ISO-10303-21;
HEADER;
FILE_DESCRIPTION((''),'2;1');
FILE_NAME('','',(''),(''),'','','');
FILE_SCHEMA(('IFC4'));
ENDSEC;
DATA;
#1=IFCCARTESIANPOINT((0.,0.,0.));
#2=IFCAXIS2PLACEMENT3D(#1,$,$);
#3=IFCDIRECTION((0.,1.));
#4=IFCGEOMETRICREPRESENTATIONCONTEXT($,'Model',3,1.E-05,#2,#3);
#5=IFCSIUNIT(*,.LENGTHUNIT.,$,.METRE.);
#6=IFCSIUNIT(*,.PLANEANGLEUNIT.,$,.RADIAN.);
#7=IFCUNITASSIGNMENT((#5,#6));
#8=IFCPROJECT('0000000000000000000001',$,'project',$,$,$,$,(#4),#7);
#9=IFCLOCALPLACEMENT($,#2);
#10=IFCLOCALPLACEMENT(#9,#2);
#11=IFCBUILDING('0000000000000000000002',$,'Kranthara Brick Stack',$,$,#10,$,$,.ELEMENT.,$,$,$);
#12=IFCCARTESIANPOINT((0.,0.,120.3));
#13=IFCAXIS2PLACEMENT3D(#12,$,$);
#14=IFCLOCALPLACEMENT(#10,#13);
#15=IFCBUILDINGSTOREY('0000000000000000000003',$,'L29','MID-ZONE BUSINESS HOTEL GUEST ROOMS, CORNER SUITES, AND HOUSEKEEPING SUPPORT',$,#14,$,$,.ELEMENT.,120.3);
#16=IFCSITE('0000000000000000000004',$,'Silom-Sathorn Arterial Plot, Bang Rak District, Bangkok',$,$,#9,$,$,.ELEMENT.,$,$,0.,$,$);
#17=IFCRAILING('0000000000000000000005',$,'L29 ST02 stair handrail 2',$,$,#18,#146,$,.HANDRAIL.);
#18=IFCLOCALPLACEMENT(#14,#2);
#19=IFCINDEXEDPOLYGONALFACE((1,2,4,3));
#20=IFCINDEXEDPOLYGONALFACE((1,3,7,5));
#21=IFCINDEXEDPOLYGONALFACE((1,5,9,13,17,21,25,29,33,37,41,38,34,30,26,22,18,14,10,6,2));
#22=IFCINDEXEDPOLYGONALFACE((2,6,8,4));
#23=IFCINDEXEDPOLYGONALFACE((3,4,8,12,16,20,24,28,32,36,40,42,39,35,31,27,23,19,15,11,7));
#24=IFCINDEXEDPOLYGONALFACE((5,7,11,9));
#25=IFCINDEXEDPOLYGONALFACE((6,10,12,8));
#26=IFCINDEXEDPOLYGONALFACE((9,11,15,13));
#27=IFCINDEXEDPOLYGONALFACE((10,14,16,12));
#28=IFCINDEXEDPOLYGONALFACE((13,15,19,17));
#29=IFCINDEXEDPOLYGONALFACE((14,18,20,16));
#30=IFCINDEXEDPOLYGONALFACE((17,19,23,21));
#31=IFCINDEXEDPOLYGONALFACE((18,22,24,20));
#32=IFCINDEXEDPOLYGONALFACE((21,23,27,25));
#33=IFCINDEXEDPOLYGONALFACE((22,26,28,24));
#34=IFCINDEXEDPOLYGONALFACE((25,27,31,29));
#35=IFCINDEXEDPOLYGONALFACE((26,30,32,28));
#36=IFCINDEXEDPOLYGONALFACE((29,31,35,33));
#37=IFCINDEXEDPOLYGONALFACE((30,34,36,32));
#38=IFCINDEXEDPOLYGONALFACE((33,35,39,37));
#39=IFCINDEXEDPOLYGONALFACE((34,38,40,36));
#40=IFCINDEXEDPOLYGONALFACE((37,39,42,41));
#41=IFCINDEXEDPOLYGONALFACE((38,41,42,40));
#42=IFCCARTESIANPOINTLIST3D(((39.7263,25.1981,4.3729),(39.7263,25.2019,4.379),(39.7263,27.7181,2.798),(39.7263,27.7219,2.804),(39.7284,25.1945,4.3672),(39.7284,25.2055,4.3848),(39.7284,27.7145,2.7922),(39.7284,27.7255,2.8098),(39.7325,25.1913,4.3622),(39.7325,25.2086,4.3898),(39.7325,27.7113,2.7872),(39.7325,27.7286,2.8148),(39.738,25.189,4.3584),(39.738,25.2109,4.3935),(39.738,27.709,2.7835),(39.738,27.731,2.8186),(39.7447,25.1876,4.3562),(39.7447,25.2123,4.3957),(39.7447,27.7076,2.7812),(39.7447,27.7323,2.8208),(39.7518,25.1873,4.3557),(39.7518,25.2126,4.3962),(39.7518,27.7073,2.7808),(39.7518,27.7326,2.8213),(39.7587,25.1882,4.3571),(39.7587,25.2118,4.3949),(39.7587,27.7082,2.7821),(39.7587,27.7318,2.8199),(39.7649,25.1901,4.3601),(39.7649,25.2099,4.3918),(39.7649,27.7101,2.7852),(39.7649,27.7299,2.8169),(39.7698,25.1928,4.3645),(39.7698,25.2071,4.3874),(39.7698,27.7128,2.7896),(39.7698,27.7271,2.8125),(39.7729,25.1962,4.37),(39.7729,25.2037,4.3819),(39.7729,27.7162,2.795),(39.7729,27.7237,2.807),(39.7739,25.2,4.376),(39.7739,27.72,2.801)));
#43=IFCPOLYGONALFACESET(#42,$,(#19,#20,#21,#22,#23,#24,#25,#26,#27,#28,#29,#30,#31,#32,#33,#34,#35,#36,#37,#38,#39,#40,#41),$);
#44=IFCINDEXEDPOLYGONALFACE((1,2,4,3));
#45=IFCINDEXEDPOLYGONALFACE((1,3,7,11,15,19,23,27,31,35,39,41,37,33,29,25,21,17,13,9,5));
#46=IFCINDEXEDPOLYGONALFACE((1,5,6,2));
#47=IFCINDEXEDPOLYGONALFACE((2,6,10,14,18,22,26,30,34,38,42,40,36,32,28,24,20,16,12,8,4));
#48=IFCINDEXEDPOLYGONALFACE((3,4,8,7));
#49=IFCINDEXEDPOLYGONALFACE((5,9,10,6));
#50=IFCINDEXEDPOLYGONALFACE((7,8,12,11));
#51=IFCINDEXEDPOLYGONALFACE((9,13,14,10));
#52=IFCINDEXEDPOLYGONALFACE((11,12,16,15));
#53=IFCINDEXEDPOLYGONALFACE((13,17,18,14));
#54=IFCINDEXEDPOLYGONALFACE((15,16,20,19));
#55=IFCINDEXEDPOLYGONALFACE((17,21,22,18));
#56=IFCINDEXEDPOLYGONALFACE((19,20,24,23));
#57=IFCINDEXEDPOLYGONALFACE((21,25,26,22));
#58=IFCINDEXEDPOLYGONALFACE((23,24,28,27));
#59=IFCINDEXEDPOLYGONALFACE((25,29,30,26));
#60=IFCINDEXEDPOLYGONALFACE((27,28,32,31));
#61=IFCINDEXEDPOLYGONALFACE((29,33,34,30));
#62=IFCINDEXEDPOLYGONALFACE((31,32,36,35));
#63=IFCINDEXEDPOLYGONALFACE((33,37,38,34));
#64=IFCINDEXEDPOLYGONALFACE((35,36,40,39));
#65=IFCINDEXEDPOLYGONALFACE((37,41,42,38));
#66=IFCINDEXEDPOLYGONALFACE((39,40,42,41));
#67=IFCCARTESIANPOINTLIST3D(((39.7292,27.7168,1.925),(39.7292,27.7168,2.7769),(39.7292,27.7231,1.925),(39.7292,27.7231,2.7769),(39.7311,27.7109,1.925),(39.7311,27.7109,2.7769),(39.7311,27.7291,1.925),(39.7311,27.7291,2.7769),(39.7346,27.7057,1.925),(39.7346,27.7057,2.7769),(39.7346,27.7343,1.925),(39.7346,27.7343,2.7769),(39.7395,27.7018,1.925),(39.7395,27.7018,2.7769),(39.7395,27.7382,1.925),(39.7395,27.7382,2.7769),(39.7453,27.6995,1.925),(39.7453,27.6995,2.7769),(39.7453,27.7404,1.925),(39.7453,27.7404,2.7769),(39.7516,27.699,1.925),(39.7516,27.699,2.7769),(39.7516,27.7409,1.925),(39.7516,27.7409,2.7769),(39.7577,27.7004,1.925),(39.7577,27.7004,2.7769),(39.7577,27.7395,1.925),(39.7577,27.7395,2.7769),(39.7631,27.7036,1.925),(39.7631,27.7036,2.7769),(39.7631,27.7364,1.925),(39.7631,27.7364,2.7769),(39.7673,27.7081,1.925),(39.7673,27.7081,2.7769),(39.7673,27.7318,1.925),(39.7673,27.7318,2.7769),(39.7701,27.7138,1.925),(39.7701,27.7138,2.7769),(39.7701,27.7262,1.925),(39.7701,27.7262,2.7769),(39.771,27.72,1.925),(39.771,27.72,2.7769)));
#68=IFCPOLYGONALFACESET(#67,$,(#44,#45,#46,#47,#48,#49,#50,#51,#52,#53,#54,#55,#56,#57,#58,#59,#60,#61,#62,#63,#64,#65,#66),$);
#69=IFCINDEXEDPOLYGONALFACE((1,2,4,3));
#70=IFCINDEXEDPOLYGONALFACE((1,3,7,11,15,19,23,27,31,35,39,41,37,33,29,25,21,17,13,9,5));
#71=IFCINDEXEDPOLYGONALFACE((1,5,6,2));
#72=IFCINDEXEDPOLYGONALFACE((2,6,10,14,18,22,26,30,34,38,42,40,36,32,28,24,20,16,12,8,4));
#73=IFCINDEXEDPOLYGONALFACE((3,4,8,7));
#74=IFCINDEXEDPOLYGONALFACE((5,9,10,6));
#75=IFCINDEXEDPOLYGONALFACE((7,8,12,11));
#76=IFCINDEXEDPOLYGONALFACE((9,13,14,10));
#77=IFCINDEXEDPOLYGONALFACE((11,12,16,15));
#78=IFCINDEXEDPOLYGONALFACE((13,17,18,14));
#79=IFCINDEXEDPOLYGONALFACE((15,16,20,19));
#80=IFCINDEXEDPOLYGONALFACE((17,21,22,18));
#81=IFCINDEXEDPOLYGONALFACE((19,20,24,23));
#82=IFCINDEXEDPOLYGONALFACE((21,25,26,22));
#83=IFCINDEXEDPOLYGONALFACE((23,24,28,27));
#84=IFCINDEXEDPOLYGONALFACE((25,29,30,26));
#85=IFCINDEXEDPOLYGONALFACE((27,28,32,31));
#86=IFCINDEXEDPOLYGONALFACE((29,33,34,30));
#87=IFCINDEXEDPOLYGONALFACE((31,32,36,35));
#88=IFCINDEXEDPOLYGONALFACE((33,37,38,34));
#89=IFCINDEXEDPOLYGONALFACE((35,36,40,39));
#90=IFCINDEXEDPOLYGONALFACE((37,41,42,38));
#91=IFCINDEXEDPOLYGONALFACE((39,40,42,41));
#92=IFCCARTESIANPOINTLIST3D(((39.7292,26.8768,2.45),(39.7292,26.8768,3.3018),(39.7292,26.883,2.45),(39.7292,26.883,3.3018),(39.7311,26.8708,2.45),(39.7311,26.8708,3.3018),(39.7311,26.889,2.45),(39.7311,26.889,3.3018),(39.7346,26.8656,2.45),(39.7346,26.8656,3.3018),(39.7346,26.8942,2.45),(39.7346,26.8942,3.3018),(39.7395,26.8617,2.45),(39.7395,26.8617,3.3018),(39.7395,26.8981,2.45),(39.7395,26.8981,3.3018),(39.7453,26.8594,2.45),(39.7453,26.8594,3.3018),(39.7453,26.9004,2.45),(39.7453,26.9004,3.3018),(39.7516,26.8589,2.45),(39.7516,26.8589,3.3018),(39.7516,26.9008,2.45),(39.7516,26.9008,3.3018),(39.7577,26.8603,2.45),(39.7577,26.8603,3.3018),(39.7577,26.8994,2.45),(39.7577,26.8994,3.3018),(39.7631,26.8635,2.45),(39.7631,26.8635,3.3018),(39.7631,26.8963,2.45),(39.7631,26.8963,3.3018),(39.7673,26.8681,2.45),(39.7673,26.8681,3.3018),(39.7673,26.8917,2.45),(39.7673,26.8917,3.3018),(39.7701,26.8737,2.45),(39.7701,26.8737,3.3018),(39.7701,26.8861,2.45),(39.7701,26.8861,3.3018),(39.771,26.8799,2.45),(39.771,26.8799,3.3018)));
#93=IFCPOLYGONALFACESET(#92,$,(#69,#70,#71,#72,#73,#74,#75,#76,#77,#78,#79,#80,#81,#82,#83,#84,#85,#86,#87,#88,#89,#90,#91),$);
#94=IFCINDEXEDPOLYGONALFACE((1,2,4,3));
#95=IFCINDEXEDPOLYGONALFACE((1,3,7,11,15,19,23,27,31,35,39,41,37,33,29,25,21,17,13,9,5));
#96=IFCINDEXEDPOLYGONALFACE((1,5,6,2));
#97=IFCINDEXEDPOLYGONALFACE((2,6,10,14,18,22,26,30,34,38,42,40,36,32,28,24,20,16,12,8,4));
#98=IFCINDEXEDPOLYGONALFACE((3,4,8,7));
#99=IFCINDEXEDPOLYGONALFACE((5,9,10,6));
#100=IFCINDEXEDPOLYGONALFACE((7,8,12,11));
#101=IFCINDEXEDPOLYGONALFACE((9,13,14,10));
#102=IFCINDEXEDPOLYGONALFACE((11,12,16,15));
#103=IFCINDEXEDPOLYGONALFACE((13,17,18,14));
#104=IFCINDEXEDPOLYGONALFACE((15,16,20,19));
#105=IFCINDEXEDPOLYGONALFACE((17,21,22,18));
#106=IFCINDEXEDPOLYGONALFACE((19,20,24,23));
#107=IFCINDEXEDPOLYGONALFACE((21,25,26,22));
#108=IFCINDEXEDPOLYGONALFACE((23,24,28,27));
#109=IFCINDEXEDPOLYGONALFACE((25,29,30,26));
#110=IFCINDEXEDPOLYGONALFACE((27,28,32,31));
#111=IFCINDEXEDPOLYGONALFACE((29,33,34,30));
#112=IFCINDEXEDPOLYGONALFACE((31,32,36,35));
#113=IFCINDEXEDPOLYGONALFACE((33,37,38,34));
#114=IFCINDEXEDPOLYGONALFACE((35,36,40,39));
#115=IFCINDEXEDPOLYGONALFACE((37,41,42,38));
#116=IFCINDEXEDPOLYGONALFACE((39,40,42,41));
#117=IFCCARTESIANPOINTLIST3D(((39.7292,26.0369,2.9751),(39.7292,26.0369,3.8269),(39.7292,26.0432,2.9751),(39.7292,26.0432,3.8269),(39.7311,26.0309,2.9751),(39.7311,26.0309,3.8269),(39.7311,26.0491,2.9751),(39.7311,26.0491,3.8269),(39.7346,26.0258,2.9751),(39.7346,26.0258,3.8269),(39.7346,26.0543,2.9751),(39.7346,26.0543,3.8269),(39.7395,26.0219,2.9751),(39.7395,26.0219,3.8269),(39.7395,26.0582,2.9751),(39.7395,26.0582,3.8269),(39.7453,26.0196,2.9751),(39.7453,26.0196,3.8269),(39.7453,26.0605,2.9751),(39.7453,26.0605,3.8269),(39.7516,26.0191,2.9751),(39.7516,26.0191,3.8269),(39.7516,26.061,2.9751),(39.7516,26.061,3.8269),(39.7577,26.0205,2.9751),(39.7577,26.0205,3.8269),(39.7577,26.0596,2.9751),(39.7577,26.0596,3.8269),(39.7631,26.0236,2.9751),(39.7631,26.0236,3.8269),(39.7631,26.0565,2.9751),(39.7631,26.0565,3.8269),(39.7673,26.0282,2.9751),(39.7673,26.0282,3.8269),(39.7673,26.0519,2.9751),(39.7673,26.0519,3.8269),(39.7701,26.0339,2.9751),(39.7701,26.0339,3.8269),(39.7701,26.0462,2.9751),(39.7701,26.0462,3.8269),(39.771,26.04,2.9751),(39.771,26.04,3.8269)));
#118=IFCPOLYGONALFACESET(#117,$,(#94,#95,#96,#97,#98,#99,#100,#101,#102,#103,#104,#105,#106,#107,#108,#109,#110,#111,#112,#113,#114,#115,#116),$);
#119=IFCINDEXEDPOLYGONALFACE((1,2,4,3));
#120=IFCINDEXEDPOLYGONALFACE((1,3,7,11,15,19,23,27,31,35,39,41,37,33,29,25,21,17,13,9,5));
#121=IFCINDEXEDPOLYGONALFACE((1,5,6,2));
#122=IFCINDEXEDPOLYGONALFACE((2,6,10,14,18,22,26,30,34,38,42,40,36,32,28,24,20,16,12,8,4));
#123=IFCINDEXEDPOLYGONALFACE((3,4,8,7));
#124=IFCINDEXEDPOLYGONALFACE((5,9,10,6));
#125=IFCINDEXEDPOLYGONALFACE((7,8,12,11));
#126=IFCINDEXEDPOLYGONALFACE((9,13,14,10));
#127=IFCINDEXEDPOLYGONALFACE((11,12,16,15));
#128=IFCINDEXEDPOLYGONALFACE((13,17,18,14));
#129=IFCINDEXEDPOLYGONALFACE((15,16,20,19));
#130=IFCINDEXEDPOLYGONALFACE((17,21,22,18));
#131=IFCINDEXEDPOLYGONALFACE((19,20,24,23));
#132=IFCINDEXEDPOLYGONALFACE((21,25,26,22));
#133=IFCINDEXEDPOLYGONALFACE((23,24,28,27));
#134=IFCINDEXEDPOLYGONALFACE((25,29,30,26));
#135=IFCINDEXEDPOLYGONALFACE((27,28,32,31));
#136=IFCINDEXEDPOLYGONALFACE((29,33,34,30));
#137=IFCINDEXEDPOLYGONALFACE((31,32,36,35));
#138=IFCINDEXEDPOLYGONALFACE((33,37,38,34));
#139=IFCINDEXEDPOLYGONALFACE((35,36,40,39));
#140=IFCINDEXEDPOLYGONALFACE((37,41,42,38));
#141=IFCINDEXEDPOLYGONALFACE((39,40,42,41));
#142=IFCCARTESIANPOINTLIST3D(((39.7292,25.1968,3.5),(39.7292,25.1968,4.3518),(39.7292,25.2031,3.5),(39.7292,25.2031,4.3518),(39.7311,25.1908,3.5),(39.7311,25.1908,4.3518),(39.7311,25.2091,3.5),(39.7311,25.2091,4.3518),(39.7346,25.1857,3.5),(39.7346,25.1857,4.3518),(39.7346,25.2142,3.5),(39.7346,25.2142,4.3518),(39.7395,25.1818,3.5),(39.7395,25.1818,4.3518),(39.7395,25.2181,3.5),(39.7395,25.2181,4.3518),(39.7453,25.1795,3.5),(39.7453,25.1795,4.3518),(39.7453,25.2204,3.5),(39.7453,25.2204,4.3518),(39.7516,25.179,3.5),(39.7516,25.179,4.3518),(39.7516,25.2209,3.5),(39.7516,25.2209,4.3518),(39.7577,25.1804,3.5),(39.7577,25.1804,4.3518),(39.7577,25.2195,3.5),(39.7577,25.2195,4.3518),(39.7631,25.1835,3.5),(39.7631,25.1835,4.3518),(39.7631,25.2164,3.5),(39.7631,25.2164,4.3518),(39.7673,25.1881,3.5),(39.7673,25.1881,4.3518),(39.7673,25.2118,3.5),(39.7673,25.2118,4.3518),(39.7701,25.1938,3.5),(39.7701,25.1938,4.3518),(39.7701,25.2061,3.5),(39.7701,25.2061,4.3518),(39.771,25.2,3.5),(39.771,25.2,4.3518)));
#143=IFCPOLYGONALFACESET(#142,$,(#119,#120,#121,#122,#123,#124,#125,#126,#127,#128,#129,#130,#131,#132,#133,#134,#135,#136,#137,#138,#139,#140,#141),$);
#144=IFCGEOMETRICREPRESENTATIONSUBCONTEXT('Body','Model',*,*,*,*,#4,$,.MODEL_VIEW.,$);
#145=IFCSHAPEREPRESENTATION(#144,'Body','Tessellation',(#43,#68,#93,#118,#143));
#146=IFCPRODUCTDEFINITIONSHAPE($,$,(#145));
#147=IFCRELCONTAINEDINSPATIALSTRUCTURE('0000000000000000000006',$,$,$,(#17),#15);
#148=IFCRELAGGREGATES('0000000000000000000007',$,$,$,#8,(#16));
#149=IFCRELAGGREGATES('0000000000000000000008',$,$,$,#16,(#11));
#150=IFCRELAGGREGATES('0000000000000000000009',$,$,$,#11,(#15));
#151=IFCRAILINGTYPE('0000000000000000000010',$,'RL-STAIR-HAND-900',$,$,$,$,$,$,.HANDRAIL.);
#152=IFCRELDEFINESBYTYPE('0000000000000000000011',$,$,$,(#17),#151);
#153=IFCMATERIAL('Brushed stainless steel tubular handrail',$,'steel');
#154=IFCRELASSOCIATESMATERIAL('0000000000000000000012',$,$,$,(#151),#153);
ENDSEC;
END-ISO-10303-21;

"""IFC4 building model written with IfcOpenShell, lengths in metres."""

from ifc_helpers import new_model, si_unit, direction, frame, origin, origin_2d, place, context, subcontext, project, spatial, circle, extrude, material, type_object, element, save


model = new_model("IFC4")

# Units and contexts
model_context = context("Model", 3, precision=1e-05, world=origin(), true_north=direction((0.0, 1.0)))
body_context = subcontext(model_context, "Body", "Model", "MODEL_VIEW")
ifc_project = project(units=[si_unit("LENGTHUNIT", "METRE"), si_unit("PLANEANGLEUNIT", "RADIAN")], contexts=[model_context])

# Site, building, storey
site_placement = place(None, origin())
site = spatial("IfcSite", under=ifc_project, at=site_placement, Name="Silom-Sathorn Arterial Plot, Bang Rak District, Bangkok", CompositionType="ELEMENT", RefElevation=0.0)
building_placement = place(site_placement, origin())
building = spatial("IfcBuilding", under=site, at=building_placement, Name="Kranthara Brick Stack", CompositionType="ELEMENT")
storey_placement = place(building_placement, frame((0.0, 0.0, 120.3)))
storey = spatial("IfcBuildingStorey", under=building, at=storey_placement, Name="L29", Description="MID-ZONE BUSINESS HOTEL GUEST ROOMS, CORNER SUITES, AND HOUSEKEEPING SUPPORT", CompositionType="ELEMENT", Elevation=120.3)

# Railing
ifc_material_1 = material(Name="Brushed stainless steel tubular handrail", Category="steel")
railing_type_1 = type_object("IfcRailingType", Name="RL-STAIR-HAND-900", PredefinedType="HANDRAIL", material=ifc_material_1)
railing_1_placement = place(storey_placement, frame((39.75, 27.72, 1.925)))
element("IfcRailing", 1, at=railing_1_placement, inside=storey, type_object=railing_type_1, Name="L29 ST02 stair handrail 2", PredefinedType="HANDRAIL", context=body_context, shape_type="SweptSolid", body=[
    extrude(circle(Radius=0.0239, at=origin_2d()), frame((0.0, 0.0, 0.876), z_axis=(0.0, -0.848008, 0.529984), x_axis=(1.0, 0.0, 0.0)), (0.0, 0.0, 1.0), 2.9717),
    extrude(circle(Radius=0.021, at=origin_2d()), origin(), (0.0, 0.0, 1.0), 0.8518),
    extrude(circle(Radius=0.021, at=origin_2d()), frame((0.0, -0.8401, 0.5249)), (0.0, 0.0, 1.0), 0.8518),
    extrude(circle(Radius=0.021, at=origin_2d()), frame((0.0, -1.6799, 1.05)), (0.0, 0.0, 1.0), 0.8518),
    extrude(circle(Radius=0.021, at=origin_2d()), frame((0.0, -2.52, 1.575)), (0.0, 0.0, 1.0), 0.8518),
])

save(model, "model.ifc")
